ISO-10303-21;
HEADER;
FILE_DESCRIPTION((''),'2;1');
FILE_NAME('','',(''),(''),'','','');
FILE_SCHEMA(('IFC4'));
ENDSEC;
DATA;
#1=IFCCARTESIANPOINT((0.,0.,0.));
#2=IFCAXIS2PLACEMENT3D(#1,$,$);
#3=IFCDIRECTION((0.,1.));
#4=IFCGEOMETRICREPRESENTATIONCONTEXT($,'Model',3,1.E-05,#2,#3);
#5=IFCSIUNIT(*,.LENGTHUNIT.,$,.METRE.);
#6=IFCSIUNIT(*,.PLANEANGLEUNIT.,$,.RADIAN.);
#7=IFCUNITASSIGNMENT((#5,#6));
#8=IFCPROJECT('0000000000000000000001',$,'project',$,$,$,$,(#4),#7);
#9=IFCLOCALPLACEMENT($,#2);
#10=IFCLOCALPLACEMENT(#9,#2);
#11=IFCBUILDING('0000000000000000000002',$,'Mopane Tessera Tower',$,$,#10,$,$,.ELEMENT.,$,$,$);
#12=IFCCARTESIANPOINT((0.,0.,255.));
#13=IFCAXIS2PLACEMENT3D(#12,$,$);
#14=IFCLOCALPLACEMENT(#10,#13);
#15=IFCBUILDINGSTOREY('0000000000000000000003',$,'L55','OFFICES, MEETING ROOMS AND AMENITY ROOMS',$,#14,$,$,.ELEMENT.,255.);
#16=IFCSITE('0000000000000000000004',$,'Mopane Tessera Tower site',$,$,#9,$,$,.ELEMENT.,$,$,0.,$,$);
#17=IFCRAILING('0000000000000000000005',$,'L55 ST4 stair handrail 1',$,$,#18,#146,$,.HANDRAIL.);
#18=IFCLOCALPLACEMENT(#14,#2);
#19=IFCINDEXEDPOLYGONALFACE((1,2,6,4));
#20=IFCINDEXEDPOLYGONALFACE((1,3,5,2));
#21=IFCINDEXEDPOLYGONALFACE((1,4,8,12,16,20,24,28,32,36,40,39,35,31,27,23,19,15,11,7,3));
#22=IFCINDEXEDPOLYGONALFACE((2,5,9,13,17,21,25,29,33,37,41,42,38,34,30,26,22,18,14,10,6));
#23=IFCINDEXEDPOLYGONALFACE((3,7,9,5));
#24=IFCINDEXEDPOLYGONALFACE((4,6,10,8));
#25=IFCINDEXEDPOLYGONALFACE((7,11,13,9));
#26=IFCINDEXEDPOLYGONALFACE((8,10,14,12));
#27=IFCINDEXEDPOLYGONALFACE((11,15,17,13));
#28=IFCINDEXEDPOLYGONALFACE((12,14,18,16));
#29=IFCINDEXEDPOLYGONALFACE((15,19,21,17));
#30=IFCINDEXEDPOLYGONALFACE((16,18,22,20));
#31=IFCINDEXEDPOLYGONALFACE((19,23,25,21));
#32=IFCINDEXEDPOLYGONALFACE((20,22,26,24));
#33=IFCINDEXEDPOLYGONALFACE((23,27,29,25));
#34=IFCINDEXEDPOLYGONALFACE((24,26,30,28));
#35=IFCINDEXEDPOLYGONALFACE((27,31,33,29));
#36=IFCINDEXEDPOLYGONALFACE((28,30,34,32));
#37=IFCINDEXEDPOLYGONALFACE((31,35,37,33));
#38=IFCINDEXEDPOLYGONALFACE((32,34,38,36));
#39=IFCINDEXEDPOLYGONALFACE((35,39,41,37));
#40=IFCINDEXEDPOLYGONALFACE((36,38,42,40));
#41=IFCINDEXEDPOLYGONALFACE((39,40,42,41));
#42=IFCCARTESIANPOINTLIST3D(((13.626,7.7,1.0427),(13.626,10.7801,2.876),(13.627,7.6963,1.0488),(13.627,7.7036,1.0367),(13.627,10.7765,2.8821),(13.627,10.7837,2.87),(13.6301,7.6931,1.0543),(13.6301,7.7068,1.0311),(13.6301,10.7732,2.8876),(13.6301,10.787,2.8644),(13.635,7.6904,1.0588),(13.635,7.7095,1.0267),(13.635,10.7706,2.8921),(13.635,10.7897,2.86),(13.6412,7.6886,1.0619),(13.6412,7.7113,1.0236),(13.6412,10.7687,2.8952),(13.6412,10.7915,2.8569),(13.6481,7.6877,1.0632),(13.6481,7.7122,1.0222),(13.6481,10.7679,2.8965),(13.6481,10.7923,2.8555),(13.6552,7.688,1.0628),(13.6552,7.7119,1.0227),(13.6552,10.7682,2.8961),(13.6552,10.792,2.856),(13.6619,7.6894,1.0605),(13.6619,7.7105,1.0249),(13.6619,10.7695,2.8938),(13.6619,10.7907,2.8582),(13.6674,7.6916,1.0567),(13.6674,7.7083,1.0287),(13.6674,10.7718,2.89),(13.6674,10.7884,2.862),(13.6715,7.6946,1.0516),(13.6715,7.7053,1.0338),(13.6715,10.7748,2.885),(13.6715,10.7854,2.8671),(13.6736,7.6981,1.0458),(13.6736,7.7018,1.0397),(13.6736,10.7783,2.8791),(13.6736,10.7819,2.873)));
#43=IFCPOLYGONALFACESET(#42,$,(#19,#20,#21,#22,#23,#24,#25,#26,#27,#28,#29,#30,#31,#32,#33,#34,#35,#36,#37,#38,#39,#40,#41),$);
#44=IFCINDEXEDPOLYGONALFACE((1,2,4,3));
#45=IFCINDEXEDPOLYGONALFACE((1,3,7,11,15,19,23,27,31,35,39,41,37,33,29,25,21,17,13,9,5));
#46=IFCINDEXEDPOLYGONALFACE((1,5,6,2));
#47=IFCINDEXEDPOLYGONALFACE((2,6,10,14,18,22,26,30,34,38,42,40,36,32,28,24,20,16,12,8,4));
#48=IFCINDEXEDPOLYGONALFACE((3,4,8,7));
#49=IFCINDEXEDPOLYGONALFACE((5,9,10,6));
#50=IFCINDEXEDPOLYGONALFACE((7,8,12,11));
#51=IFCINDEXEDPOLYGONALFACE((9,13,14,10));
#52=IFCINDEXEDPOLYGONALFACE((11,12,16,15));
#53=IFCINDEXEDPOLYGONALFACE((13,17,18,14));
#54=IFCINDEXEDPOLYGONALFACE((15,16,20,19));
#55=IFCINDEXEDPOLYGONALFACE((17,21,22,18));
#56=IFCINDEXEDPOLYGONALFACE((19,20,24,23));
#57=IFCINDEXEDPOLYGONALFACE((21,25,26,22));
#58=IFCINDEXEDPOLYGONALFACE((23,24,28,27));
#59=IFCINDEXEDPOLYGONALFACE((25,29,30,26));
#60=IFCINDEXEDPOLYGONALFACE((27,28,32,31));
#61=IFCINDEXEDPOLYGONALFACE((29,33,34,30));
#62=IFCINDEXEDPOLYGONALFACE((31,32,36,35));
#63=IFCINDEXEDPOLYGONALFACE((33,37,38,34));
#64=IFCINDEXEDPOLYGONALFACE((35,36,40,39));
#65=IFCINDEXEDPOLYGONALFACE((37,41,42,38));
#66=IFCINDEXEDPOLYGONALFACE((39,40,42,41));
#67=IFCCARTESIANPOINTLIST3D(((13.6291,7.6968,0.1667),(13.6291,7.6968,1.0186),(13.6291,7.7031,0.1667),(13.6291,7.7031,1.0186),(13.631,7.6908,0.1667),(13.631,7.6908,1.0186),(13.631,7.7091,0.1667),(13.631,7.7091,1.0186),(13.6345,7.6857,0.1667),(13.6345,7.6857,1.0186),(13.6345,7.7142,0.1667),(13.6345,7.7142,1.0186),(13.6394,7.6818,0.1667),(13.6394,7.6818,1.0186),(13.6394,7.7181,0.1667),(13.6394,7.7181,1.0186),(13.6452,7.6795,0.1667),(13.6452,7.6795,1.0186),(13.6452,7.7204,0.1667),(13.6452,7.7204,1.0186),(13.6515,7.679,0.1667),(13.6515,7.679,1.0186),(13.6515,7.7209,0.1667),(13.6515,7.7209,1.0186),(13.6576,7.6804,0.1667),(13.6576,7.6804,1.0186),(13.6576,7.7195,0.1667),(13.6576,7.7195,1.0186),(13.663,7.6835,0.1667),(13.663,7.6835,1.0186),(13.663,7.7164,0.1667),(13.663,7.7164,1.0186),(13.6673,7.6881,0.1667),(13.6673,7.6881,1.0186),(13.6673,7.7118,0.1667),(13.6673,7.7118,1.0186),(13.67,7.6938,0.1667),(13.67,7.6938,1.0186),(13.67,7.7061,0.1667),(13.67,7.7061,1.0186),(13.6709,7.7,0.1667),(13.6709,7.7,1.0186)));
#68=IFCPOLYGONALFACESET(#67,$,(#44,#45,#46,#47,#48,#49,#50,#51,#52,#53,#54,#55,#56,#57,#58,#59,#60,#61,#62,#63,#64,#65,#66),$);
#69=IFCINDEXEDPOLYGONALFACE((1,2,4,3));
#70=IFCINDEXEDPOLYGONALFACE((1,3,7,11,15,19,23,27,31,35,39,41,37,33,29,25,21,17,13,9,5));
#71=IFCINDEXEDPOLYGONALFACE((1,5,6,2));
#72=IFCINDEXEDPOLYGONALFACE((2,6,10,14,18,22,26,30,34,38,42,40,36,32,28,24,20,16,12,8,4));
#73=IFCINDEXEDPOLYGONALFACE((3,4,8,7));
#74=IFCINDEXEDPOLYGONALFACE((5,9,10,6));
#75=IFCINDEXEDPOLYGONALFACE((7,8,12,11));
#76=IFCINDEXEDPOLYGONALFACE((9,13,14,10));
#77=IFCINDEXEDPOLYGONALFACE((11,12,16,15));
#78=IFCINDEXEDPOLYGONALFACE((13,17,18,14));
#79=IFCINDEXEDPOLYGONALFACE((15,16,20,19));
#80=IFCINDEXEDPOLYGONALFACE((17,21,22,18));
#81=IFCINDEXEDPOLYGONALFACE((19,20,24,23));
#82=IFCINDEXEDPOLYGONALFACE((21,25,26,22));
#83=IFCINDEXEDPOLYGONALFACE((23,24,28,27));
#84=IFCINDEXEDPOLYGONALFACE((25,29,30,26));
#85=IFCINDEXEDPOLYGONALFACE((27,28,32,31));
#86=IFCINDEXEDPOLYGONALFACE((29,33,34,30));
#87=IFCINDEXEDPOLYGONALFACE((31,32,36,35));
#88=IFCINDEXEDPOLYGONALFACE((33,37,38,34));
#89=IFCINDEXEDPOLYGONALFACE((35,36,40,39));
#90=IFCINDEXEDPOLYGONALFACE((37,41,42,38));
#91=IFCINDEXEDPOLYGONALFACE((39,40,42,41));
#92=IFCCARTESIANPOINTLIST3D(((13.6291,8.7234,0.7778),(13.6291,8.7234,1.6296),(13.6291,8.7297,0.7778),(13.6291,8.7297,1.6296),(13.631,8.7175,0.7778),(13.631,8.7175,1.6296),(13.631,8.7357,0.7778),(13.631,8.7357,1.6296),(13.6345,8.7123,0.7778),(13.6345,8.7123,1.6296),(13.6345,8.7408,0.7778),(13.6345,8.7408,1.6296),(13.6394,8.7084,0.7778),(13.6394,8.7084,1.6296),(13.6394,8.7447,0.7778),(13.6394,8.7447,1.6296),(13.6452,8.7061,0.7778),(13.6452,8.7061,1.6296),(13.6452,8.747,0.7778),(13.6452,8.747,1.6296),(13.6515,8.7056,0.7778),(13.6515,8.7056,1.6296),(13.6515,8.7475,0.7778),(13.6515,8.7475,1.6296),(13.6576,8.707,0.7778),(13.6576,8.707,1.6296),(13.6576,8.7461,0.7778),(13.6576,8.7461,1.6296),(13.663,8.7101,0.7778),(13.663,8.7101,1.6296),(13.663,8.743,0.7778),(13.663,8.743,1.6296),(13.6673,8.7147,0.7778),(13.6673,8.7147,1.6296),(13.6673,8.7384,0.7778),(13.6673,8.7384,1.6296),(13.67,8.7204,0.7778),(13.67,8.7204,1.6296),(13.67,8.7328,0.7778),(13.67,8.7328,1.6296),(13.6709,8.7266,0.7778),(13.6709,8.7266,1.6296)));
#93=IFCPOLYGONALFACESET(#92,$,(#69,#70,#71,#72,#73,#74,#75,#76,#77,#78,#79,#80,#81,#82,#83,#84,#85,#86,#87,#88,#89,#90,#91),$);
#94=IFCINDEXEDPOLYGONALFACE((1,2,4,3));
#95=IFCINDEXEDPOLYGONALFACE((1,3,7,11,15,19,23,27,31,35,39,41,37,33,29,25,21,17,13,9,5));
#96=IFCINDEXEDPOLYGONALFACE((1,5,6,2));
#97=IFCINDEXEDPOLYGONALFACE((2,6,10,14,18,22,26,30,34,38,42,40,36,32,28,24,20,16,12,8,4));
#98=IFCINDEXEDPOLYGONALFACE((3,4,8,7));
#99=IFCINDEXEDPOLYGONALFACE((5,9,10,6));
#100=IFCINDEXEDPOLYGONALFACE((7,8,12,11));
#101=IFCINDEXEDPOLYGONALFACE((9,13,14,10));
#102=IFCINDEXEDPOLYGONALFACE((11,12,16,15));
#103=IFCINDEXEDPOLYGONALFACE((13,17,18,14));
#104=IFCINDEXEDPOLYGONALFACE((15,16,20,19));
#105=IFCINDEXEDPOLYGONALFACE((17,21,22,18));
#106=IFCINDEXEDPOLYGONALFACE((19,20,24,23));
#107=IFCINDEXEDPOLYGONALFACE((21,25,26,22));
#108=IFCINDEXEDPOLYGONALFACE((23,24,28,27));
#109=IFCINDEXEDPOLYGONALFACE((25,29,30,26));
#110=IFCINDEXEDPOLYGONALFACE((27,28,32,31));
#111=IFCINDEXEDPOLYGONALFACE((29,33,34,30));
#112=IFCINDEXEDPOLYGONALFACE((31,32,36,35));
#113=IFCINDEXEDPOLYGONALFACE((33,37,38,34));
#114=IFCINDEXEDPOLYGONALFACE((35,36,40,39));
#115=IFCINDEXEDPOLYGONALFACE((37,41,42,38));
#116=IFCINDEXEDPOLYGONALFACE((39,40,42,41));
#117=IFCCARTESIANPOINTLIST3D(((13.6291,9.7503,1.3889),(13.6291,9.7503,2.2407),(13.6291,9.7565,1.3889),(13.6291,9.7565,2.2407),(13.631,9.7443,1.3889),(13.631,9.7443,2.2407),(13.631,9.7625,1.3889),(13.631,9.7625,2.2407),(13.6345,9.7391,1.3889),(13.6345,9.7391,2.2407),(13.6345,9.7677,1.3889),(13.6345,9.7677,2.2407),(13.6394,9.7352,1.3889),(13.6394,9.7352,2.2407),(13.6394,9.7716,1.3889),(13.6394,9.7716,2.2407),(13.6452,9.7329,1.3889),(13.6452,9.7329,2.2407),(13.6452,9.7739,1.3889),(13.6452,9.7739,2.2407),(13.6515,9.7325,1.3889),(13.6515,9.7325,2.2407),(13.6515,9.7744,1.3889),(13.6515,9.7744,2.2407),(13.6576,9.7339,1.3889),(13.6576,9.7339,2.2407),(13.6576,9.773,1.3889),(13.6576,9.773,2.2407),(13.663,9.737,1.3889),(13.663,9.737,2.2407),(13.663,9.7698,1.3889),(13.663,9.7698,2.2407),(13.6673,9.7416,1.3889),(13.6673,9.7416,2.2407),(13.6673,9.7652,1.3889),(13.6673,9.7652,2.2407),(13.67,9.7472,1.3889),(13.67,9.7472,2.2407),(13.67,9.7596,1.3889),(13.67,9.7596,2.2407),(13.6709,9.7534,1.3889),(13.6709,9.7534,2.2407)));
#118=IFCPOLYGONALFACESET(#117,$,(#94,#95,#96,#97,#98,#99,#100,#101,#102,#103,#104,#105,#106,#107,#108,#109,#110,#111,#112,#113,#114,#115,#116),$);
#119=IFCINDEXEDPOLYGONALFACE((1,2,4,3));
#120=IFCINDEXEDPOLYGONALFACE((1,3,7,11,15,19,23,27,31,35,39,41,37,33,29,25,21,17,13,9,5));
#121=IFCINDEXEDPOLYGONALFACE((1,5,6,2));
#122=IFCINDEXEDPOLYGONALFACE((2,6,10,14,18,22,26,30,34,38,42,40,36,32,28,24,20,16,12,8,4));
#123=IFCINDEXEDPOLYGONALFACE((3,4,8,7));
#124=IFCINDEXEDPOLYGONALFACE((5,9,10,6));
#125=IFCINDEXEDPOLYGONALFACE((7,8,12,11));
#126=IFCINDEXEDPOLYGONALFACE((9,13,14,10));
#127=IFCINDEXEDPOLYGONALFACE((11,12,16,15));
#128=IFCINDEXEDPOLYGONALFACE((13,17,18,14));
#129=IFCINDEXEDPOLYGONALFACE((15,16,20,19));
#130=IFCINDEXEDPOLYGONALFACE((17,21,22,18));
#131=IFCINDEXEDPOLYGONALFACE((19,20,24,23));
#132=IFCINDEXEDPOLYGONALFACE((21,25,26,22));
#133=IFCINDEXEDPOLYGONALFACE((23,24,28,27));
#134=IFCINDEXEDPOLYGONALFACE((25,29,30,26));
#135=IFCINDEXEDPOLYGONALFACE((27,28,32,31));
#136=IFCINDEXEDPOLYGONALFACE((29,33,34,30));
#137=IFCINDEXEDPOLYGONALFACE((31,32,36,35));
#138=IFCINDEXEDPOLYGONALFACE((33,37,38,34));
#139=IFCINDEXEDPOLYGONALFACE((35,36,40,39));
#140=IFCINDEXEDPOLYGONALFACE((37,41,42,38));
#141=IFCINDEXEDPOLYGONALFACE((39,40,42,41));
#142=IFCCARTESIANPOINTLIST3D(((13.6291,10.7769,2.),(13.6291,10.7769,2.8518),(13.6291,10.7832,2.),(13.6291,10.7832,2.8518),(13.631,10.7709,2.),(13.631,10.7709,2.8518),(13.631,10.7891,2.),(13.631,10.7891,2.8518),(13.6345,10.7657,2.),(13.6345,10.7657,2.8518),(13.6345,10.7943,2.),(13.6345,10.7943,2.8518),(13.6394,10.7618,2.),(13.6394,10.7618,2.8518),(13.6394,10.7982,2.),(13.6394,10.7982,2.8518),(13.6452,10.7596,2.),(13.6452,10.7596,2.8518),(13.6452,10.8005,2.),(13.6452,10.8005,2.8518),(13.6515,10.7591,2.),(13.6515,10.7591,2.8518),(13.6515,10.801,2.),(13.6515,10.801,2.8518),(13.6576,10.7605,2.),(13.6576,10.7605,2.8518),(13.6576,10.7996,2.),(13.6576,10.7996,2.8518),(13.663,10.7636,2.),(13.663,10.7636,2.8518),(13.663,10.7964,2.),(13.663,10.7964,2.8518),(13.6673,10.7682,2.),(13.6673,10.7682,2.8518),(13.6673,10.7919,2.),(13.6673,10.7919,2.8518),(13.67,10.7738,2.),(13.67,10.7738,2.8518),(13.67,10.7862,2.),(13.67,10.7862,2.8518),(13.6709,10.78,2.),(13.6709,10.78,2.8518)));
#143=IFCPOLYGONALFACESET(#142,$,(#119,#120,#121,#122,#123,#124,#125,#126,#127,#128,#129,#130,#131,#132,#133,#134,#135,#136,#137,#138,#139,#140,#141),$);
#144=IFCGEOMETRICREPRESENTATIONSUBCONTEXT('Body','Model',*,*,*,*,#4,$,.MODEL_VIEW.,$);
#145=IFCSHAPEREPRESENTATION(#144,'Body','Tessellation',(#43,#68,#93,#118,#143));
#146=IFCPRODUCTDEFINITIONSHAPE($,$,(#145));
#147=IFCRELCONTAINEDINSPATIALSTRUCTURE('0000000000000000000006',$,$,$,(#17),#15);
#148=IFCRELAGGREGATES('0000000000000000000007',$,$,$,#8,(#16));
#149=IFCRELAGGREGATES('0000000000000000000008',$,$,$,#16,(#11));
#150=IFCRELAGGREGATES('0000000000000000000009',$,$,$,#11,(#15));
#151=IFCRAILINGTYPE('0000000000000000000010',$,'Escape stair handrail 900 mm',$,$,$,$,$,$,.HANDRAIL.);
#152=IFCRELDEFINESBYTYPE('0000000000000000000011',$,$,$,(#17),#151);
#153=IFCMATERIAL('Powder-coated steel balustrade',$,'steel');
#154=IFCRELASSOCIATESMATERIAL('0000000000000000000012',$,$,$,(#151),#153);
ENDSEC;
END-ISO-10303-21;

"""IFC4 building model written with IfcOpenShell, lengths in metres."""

from ifc_helpers import new_model, si_unit, direction, frame, origin, origin_2d, place, context, subcontext, project, spatial, circle, extrude, material, type_object, element, save


model = new_model("IFC4")

# Units and contexts
model_context = context("Model", 3, precision=1e-05, world=origin(), true_north=direction((0.0, 1.0)))
body_context = subcontext(model_context, "Body", "Model", "MODEL_VIEW")
ifc_project = project(units=[si_unit("LENGTHUNIT", "METRE"), si_unit("PLANEANGLEUNIT", "RADIAN")], contexts=[model_context])

# Site, building, storey
site_placement = place(None, origin())
site = spatial("IfcSite", under=ifc_project, at=site_placement, Name="Mopane Tessera Tower site", CompositionType="ELEMENT", RefElevation=0.0)
building_placement = place(site_placement, origin())
building = spatial("IfcBuilding", under=site, at=building_placement, Name="Mopane Tessera Tower", CompositionType="ELEMENT")
storey_placement = place(building_placement, frame((0.0, 0.0, 255.0)))
storey = spatial("IfcBuildingStorey", under=building, at=storey_placement, Name="L55", Description="OFFICES, MEETING ROOMS AND AMENITY ROOMS", CompositionType="ELEMENT", Elevation=255.0)

# Railing
ifc_material_1 = material(Name="Powder-coated steel balustrade", Category="steel")
railing_type_1 = type_object("IfcRailingType", Name="Escape stair handrail 900 mm", PredefinedType="HANDRAIL", material=ifc_material_1)
railing_1_placement = place(storey_placement, frame((13.6499, 7.7, 0.1667)))
element("IfcRailing", 1, at=railing_1_placement, inside=storey, type_object=railing_type_1, Name="L55 ST4 stair handrail 1", PredefinedType="HANDRAIL", context=body_context, shape_type="SweptSolid", body=[
    extrude(circle(Radius=0.0239, at=origin_2d()), frame((0.0, 0.0, 0.876), z_axis=(0.0, 0.859309, 0.511458), x_axis=(-1.0, 0.0, 0.0)), (0.0, 0.0, 1.0), 3.5845),
    extrude(circle(Radius=0.021, at=origin_2d()), origin(), (0.0, 0.0, 1.0), 0.8518),
    extrude(circle(Radius=0.021, at=origin_2d()), frame((0.0, 1.0266, 0.6111)), (0.0, 0.0, 1.0), 0.8518),
    extrude(circle(Radius=0.021, at=origin_2d()), frame((0.0, 2.0535, 1.2222)), (0.0, 0.0, 1.0), 0.8518),
    extrude(circle(Radius=0.021, at=origin_2d()), frame((0.0, 3.0801, 1.8333)), (0.0, 0.0, 1.0), 0.8518),
])

save(model, "model.ifc")
